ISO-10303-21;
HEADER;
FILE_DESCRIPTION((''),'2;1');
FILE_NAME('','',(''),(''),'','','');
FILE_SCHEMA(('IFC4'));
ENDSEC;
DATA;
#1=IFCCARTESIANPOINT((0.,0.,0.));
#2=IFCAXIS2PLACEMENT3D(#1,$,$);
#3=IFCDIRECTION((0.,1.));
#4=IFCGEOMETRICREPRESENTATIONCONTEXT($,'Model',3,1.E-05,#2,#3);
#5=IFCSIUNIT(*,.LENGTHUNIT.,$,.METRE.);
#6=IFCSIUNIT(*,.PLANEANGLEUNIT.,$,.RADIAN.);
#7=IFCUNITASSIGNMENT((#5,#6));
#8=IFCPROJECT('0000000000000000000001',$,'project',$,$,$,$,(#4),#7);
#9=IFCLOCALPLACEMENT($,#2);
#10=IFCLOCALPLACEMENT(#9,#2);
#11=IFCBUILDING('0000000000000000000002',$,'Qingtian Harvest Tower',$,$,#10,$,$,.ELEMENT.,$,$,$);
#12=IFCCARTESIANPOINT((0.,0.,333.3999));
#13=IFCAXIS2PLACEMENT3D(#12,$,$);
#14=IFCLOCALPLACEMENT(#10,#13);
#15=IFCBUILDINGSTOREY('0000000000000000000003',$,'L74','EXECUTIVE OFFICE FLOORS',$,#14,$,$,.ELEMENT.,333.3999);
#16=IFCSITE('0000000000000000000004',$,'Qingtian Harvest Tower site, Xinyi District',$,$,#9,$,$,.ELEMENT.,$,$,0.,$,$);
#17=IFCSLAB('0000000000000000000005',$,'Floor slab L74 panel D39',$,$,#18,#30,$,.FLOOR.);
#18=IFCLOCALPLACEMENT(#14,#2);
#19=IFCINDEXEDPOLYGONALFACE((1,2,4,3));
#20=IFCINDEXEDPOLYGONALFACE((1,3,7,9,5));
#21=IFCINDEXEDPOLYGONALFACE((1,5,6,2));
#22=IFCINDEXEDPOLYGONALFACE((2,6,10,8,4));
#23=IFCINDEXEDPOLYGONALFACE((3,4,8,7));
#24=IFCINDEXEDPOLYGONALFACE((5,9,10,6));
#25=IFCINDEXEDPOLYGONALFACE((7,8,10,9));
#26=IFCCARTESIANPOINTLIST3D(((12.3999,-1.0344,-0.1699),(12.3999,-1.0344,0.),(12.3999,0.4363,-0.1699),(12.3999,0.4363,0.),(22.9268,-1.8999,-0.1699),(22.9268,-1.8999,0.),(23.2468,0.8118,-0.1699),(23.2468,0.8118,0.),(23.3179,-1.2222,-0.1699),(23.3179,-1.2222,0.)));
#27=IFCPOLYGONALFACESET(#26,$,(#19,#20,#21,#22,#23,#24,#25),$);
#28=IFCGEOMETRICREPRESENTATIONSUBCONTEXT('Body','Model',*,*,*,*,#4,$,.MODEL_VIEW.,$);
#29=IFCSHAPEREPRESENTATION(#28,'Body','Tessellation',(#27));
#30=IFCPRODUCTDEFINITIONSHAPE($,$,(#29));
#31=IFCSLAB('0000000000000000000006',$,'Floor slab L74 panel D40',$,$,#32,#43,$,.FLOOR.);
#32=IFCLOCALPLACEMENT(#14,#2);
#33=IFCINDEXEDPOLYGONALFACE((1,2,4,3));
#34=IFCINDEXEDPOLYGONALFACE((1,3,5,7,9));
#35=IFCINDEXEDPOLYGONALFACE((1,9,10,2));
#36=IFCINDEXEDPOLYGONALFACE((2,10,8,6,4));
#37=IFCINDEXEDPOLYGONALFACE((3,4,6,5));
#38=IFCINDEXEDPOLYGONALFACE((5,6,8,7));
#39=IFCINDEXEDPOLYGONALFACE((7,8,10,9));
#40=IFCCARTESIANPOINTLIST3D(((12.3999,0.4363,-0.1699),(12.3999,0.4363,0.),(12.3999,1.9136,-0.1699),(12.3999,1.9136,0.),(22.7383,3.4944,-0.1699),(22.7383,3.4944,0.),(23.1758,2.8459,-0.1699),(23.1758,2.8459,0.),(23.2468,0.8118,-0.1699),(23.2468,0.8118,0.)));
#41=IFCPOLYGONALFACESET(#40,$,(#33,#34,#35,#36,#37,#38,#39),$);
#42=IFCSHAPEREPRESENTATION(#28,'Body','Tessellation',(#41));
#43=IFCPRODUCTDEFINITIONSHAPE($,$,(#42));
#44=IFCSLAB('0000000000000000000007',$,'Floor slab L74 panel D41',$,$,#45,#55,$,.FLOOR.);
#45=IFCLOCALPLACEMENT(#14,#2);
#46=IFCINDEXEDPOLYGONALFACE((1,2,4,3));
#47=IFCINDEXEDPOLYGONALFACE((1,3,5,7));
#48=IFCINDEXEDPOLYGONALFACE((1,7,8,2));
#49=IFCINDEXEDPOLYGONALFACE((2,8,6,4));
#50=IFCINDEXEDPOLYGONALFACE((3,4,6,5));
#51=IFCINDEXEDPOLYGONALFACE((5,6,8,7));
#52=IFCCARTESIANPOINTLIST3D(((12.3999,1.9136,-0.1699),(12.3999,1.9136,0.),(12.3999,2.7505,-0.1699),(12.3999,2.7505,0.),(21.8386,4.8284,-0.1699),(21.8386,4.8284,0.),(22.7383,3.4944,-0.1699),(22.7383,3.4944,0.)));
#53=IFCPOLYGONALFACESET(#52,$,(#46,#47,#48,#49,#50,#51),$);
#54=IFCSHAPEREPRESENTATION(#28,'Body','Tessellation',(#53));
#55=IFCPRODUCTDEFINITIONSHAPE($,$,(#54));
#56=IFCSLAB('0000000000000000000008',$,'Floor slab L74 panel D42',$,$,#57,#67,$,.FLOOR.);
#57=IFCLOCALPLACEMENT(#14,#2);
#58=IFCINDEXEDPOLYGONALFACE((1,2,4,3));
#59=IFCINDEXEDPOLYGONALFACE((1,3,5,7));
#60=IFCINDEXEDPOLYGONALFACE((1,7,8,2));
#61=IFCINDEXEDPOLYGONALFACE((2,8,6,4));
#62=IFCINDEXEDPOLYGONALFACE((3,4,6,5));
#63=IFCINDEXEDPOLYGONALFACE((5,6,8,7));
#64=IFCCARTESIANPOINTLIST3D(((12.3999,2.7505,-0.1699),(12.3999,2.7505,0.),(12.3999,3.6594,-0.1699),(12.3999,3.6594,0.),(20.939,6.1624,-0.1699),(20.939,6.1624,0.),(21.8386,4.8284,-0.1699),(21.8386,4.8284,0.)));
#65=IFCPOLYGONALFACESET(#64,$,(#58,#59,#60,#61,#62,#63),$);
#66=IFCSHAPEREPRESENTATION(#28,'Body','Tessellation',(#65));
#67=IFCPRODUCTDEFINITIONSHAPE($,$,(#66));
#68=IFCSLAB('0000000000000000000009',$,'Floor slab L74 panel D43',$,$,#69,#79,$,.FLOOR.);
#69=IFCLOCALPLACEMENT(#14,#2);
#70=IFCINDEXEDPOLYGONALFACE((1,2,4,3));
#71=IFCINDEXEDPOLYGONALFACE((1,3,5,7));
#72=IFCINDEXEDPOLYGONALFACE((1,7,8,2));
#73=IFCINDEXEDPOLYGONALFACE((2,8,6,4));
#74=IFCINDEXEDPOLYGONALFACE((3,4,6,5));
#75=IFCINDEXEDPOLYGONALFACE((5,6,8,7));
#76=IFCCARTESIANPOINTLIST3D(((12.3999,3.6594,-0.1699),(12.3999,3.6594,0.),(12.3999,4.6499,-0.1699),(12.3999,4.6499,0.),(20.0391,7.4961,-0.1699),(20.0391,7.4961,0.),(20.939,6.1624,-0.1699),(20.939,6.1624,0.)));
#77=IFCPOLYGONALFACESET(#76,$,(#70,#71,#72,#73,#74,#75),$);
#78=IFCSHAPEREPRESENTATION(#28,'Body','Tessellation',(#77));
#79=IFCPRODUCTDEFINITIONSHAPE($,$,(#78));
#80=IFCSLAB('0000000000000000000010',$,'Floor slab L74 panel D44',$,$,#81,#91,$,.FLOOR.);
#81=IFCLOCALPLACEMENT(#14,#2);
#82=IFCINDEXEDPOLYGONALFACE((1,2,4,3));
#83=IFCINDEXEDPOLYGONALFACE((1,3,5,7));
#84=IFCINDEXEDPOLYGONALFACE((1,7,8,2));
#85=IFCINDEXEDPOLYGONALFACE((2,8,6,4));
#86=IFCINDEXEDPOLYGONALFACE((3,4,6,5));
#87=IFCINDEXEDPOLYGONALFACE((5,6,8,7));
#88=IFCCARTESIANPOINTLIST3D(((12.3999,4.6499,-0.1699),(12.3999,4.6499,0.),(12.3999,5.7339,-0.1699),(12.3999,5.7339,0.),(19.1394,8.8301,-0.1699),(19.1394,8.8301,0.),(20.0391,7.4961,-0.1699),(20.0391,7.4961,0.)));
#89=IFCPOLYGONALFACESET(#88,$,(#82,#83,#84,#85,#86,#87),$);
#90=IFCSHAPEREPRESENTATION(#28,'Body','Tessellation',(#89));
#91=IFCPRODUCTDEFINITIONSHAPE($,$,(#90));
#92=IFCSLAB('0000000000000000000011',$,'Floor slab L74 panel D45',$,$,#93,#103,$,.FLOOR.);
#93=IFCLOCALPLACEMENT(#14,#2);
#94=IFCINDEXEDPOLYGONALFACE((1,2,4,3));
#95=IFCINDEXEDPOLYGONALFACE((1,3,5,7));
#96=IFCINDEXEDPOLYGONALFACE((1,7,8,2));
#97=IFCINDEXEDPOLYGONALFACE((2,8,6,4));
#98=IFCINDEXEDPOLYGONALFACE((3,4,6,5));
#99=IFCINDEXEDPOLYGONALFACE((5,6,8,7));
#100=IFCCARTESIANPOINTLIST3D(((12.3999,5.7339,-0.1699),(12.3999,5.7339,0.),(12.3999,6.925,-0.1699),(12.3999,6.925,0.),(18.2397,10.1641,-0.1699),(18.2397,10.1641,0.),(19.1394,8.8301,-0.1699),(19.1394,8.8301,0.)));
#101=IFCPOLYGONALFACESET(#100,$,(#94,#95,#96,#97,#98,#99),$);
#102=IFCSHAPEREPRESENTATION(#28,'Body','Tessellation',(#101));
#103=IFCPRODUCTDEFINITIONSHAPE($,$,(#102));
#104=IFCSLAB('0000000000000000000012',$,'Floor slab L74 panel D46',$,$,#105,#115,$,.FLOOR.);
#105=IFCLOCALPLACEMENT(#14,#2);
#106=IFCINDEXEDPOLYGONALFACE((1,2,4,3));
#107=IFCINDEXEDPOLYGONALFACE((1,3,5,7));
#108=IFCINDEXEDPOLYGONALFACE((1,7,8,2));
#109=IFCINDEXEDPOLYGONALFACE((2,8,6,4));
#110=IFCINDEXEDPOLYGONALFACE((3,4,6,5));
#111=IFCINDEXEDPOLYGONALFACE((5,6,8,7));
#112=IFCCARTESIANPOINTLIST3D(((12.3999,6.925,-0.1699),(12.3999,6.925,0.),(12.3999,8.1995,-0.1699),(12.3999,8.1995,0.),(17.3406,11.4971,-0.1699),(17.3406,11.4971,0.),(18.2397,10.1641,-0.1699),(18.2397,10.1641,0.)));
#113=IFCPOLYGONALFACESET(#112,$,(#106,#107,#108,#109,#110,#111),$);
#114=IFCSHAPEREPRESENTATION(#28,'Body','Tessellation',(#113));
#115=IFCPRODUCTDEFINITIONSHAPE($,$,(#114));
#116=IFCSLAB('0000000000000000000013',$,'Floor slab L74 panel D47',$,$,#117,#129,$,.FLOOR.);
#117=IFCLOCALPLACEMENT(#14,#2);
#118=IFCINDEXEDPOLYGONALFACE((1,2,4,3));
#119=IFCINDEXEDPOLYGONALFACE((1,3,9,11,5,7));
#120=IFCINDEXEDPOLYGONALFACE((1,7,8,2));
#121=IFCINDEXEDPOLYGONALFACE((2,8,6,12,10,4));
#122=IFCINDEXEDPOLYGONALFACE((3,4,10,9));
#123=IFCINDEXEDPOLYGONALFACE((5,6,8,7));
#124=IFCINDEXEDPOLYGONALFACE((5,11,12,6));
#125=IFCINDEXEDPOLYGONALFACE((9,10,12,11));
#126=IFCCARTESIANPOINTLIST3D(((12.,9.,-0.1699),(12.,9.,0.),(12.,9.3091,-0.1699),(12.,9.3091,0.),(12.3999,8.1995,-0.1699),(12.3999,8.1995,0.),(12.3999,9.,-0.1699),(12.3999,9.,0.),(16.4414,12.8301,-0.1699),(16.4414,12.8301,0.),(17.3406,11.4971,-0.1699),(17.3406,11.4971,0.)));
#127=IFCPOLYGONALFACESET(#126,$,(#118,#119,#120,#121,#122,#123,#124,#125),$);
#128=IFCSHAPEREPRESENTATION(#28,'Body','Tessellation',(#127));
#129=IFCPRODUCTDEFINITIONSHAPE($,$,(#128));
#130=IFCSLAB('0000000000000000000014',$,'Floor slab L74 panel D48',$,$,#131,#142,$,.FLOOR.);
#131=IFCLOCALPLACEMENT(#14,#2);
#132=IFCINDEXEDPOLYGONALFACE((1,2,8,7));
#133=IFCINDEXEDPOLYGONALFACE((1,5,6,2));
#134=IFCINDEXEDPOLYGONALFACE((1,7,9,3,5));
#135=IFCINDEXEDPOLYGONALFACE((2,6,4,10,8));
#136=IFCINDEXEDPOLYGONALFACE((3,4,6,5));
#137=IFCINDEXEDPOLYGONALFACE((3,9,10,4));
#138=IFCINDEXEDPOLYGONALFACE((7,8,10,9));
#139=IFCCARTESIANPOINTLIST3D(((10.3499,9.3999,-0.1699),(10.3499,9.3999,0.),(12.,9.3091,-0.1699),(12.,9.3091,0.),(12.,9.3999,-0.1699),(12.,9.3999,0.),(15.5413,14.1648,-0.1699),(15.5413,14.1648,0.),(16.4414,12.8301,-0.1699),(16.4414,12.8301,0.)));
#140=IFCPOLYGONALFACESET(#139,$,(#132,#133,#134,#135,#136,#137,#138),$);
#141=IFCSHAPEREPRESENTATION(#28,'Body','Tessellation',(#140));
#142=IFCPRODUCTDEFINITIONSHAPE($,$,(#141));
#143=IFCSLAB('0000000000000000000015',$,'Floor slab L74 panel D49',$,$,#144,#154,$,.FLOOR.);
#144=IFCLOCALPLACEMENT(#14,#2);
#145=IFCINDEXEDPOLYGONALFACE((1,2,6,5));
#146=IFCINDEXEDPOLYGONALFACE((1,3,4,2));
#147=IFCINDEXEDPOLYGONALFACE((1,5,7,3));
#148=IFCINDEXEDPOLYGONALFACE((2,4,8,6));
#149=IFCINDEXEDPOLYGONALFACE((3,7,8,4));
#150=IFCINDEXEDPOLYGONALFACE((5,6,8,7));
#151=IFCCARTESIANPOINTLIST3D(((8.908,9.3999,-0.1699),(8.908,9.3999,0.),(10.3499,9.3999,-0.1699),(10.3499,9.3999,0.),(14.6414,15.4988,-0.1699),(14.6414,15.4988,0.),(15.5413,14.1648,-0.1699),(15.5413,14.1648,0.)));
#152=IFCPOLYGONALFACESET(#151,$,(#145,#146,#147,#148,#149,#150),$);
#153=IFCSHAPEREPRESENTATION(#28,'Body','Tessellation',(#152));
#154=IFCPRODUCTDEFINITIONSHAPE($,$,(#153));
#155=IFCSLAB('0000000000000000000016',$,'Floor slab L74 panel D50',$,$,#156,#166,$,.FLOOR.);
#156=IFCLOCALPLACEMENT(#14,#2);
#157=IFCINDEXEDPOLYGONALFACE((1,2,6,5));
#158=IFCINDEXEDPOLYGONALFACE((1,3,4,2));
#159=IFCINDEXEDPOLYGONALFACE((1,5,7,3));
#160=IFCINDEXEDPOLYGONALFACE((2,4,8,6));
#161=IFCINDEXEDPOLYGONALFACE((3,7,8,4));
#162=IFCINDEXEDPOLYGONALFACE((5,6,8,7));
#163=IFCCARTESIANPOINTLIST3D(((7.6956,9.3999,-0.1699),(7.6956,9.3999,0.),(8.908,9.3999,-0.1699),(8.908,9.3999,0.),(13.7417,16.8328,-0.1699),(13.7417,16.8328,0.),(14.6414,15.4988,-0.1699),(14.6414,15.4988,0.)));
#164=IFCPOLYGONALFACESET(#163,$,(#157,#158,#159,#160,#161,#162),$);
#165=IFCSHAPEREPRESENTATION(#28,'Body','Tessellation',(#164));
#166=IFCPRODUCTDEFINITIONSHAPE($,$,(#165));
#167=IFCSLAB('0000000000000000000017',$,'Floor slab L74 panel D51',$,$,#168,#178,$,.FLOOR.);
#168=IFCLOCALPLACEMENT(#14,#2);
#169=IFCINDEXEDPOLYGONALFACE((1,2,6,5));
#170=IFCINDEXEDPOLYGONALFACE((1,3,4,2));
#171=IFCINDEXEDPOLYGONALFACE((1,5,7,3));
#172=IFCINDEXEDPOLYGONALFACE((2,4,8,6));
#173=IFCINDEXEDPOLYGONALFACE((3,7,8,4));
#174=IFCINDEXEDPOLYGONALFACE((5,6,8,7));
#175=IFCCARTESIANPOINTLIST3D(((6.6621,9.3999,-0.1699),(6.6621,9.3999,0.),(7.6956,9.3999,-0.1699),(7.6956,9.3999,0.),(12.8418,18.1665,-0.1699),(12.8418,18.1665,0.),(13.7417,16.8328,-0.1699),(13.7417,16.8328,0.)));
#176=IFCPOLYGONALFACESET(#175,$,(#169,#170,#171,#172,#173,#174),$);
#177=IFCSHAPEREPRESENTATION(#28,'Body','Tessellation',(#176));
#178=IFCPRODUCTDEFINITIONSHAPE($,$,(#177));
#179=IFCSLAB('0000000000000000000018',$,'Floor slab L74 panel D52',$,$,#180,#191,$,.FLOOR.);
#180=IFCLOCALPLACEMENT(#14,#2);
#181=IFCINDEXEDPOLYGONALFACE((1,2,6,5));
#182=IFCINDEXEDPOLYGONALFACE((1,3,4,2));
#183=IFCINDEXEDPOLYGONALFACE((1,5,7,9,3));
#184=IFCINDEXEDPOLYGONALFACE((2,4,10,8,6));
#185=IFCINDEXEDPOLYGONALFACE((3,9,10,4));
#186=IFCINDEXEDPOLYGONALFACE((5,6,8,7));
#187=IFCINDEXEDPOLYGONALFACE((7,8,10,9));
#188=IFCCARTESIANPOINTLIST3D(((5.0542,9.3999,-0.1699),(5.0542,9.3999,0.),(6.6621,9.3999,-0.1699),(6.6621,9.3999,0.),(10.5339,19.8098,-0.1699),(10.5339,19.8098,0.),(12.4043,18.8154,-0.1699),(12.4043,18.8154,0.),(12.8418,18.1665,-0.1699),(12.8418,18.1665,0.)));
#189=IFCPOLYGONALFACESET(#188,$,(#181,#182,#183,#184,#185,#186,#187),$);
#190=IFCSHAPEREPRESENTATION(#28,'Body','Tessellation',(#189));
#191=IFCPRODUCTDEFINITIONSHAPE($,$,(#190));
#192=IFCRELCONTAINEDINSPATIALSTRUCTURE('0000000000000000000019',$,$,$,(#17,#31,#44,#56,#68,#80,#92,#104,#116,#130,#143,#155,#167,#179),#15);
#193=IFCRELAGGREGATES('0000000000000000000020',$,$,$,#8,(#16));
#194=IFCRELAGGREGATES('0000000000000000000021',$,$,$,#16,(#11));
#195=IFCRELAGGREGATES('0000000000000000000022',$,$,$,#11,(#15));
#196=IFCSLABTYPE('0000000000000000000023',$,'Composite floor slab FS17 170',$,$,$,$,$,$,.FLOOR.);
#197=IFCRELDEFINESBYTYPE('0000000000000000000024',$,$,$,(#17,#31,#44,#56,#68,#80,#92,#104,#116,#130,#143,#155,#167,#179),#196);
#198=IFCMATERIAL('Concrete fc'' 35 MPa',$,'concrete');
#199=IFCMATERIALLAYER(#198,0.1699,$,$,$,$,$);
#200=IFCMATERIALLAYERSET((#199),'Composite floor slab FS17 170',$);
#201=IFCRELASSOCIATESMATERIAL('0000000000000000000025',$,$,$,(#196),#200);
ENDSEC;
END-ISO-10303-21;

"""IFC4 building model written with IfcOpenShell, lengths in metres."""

from ifc_helpers import new_model, si_unit, direction, frame, origin, place, context, subcontext, project, spatial, polyline, outline, extrude, material, layer, layer_set, type_object, element, save


model = new_model("IFC4")

# Units and contexts
model_context = context("Model", 3, precision=1e-05, world=origin(), true_north=direction((0.0, 1.0)))
body_context = subcontext(model_context, "Body", "Model", "MODEL_VIEW")
ifc_project = project(units=[si_unit("LENGTHUNIT", "METRE"), si_unit("PLANEANGLEUNIT", "RADIAN")], contexts=[model_context])

# Site, building, storey
site_placement = place(None, origin())
site = spatial("IfcSite", under=ifc_project, at=site_placement, Name="Qingtian Harvest Tower site, Xinyi District", CompositionType="ELEMENT", RefElevation=0.0)
building_placement = place(site_placement, origin())
building = spatial("IfcBuilding", under=site, at=building_placement, Name="Qingtian Harvest Tower", CompositionType="ELEMENT")
storey_placement = place(building_placement, frame((0.0, 0.0, 333.3999)))
storey = spatial("IfcBuildingStorey", under=building, at=storey_placement, Name="L74", Description="EXECUTIVE OFFICE FLOORS", CompositionType="ELEMENT", Elevation=333.3999)

# Slabs
ifc_material = material(Name="Concrete fc' 35 MPa", Category="concrete")
ifc_layer = layer(ifc_material, 0.1699)
ifc_layer_set = layer_set([ifc_layer], Name="Composite floor slab FS17 170")
slab_type = type_object("IfcSlabType", Name="Composite floor slab FS17 170", PredefinedType="FLOOR", material=ifc_layer_set)
slab_1_placement = place(storey_placement, frame((0.0, 0.0, -0.1699)))
element("IfcSlab", 1, at=slab_1_placement, inside=storey, type_object=slab_type, Name="Floor slab L74 panel D39", PredefinedType="FLOOR", context=body_context, shape_type="SweptSolid", body=[
    extrude(outline(polyline([(12.3999, -1.0344), (12.3999, 0.4363), (23.2468, 0.8118), (23.3179, -1.2222), (22.9268, -1.8999), (12.3999, -1.0344)])), origin(), (0.0, 0.0, 1.0), 0.1699),
])
slab_2_placement = place(storey_placement, frame((0.0, 0.0, -0.1699)))
element("IfcSlab", 2, at=slab_2_placement, inside=storey, type_object=slab_type, Name="Floor slab L74 panel D40", PredefinedType="FLOOR", context=body_context, shape_type="SweptSolid", body=[
    extrude(outline(polyline([(12.3999, 0.4363), (12.3999, 1.9136), (22.7383, 3.4944), (23.1758, 2.8459), (23.2468, 0.8118), (12.3999, 0.4363)])), origin(), (0.0, 0.0, 1.0), 0.1699),
])
slab_3_placement = place(storey_placement, frame((0.0, 0.0, -0.1699)))
element("IfcSlab", 3, at=slab_3_placement, inside=storey, type_object=slab_type, Name="Floor slab L74 panel D41", PredefinedType="FLOOR", context=body_context, shape_type="SweptSolid", body=[
    extrude(outline(polyline([(12.3999, 2.7505), (21.8386, 4.8284), (22.7383, 3.4944), (12.3999, 1.9136), (12.3999, 2.7505)])), origin(), (0.0, 0.0, 1.0), 0.1699),
])
slab_4_placement = place(storey_placement, frame((0.0, 0.0, -0.1699)))
element("IfcSlab", 4, at=slab_4_placement, inside=storey, type_object=slab_type, Name="Floor slab L74 panel D42", PredefinedType="FLOOR", context=body_context, shape_type="SweptSolid", body=[
    extrude(outline(polyline([(12.3999, 3.6594), (20.939, 6.1624), (21.8386, 4.8284), (12.3999, 2.7505), (12.3999, 3.6594)])), origin(), (0.0, 0.0, 1.0), 0.1699),
])
slab_5_placement = place(storey_placement, frame((0.0, 0.0, -0.1699)))
element("IfcSlab", 5, at=slab_5_placement, inside=storey, type_object=slab_type, Name="Floor slab L74 panel D43", PredefinedType="FLOOR", context=body_context, shape_type="SweptSolid", body=[
    extrude(outline(polyline([(12.3999, 4.6499), (20.0391, 7.4961), (20.939, 6.1624), (12.3999, 3.6594), (12.3999, 4.6499)])), origin(), (0.0, 0.0, 1.0), 0.1699),
])
slab_6_placement = place(storey_placement, frame((0.0, 0.0, -0.1699)))
element("IfcSlab", 6, at=slab_6_placement, inside=storey, type_object=slab_type, Name="Floor slab L74 panel D44", PredefinedType="FLOOR", context=body_context, shape_type="SweptSolid", body=[
    extrude(outline(polyline([(12.3999, 5.7339), (19.1394, 8.8301), (20.0391, 7.4961), (12.3999, 4.6499), (12.3999, 5.7339)])), origin(), (0.0, 0.0, 1.0), 0.1699),
])
slab_7_placement = place(storey_placement, frame((0.0, 0.0, -0.1699)))
element("IfcSlab", 7, at=slab_7_placement, inside=storey, type_object=slab_type, Name="Floor slab L74 panel D45", PredefinedType="FLOOR", context=body_context, shape_type="SweptSolid", body=[
    extrude(outline(polyline([(12.3999, 6.925), (18.2397, 10.1641), (19.1394, 8.8301), (12.3999, 5.7339), (12.3999, 6.925)])), origin(), (0.0, 0.0, 1.0), 0.1699),
])
slab_8_placement = place(storey_placement, frame((0.0, 0.0, -0.1699)))
element("IfcSlab", 8, at=slab_8_placement, inside=storey, type_object=slab_type, Name="Floor slab L74 panel D46", PredefinedType="FLOOR", context=body_context, shape_type="SweptSolid", body=[
    extrude(outline(polyline([(12.3999, 8.1995), (17.3406, 11.4971), (18.2397, 10.1641), (12.3999, 6.925), (12.3999, 8.1995)])), origin(), (0.0, 0.0, 1.0), 0.1699),
])
slab_9_placement = place(storey_placement, frame((0.0, 0.0, -0.1699)))
element("IfcSlab", 9, at=slab_9_placement, inside=storey, type_object=slab_type, Name="Floor slab L74 panel D47", PredefinedType="FLOOR", context=body_context, shape_type="SweptSolid", body=[
    extrude(outline(polyline([(12.3999, 9.0), (12.0, 9.0), (12.0, 9.3091), (16.4414, 12.8301), (17.3406, 11.4971), (12.3999, 8.1995), (12.3999, 9.0)])), origin(), (0.0, 0.0, 1.0), 0.1699),
])
slab_10_placement = place(storey_placement, frame((0.0, 0.0, -0.1699)))
element("IfcSlab", 10, at=slab_10_placement, inside=storey, type_object=slab_type, Name="Floor slab L74 panel D48", PredefinedType="FLOOR", context=body_context, shape_type="SweptSolid", body=[
    extrude(outline(polyline([(12.0, 9.3999), (10.3499, 9.3999), (15.5413, 14.1648), (16.4414, 12.8301), (12.0, 9.3091), (12.0, 9.3999)])), origin(), (0.0, 0.0, 1.0), 0.1699),
])
slab_11_placement = place(storey_placement, frame((0.0, 0.0, -0.1699)))
element("IfcSlab", 11, at=slab_11_placement, inside=storey, type_object=slab_type, Name="Floor slab L74 panel D49", PredefinedType="FLOOR", context=body_context, shape_type="SweptSolid", body=[
    extrude(outline(polyline([(8.908, 9.3999), (14.6414, 15.4988), (15.5413, 14.1648), (10.3499, 9.3999), (8.908, 9.3999)])), origin(), (0.0, 0.0, 1.0), 0.1699),
])
slab_12_placement = place(storey_placement, frame((0.0, 0.0, -0.1699)))
element("IfcSlab", 12, at=slab_12_placement, inside=storey, type_object=slab_type, Name="Floor slab L74 panel D50", PredefinedType="FLOOR", context=body_context, shape_type="SweptSolid", body=[
    extrude(outline(polyline([(7.6956, 9.3999), (13.7417, 16.8328), (14.6414, 15.4988), (8.908, 9.3999), (7.6956, 9.3999)])), origin(), (0.0, 0.0, 1.0), 0.1699),
])
slab_13_placement = place(storey_placement, frame((0.0, 0.0, -0.1699)))
element("IfcSlab", 13, at=slab_13_placement, inside=storey, type_object=slab_type, Name="Floor slab L74 panel D51", PredefinedType="FLOOR", context=body_context, shape_type="SweptSolid", body=[
    extrude(outline(polyline([(6.6621, 9.3999), (12.8418, 18.1665), (13.7417, 16.8328), (7.6956, 9.3999), (6.6621, 9.3999)])), origin(), (0.0, 0.0, 1.0), 0.1699),
])
slab_14_placement = place(storey_placement, frame((0.0, 0.0, -0.1699)))
element("IfcSlab", 14, at=slab_14_placement, inside=storey, type_object=slab_type, Name="Floor slab L74 panel D52", PredefinedType="FLOOR", context=body_context, shape_type="SweptSolid", body=[
    extrude(outline(polyline([(5.0542, 9.3999), (10.5339, 19.8098), (12.4043, 18.8154), (12.8418, 18.1665), (6.6621, 9.3999), (5.0542, 9.3999)])), origin(), (0.0, 0.0, 1.0), 0.1699),
])

save(model, "model.ifc")
